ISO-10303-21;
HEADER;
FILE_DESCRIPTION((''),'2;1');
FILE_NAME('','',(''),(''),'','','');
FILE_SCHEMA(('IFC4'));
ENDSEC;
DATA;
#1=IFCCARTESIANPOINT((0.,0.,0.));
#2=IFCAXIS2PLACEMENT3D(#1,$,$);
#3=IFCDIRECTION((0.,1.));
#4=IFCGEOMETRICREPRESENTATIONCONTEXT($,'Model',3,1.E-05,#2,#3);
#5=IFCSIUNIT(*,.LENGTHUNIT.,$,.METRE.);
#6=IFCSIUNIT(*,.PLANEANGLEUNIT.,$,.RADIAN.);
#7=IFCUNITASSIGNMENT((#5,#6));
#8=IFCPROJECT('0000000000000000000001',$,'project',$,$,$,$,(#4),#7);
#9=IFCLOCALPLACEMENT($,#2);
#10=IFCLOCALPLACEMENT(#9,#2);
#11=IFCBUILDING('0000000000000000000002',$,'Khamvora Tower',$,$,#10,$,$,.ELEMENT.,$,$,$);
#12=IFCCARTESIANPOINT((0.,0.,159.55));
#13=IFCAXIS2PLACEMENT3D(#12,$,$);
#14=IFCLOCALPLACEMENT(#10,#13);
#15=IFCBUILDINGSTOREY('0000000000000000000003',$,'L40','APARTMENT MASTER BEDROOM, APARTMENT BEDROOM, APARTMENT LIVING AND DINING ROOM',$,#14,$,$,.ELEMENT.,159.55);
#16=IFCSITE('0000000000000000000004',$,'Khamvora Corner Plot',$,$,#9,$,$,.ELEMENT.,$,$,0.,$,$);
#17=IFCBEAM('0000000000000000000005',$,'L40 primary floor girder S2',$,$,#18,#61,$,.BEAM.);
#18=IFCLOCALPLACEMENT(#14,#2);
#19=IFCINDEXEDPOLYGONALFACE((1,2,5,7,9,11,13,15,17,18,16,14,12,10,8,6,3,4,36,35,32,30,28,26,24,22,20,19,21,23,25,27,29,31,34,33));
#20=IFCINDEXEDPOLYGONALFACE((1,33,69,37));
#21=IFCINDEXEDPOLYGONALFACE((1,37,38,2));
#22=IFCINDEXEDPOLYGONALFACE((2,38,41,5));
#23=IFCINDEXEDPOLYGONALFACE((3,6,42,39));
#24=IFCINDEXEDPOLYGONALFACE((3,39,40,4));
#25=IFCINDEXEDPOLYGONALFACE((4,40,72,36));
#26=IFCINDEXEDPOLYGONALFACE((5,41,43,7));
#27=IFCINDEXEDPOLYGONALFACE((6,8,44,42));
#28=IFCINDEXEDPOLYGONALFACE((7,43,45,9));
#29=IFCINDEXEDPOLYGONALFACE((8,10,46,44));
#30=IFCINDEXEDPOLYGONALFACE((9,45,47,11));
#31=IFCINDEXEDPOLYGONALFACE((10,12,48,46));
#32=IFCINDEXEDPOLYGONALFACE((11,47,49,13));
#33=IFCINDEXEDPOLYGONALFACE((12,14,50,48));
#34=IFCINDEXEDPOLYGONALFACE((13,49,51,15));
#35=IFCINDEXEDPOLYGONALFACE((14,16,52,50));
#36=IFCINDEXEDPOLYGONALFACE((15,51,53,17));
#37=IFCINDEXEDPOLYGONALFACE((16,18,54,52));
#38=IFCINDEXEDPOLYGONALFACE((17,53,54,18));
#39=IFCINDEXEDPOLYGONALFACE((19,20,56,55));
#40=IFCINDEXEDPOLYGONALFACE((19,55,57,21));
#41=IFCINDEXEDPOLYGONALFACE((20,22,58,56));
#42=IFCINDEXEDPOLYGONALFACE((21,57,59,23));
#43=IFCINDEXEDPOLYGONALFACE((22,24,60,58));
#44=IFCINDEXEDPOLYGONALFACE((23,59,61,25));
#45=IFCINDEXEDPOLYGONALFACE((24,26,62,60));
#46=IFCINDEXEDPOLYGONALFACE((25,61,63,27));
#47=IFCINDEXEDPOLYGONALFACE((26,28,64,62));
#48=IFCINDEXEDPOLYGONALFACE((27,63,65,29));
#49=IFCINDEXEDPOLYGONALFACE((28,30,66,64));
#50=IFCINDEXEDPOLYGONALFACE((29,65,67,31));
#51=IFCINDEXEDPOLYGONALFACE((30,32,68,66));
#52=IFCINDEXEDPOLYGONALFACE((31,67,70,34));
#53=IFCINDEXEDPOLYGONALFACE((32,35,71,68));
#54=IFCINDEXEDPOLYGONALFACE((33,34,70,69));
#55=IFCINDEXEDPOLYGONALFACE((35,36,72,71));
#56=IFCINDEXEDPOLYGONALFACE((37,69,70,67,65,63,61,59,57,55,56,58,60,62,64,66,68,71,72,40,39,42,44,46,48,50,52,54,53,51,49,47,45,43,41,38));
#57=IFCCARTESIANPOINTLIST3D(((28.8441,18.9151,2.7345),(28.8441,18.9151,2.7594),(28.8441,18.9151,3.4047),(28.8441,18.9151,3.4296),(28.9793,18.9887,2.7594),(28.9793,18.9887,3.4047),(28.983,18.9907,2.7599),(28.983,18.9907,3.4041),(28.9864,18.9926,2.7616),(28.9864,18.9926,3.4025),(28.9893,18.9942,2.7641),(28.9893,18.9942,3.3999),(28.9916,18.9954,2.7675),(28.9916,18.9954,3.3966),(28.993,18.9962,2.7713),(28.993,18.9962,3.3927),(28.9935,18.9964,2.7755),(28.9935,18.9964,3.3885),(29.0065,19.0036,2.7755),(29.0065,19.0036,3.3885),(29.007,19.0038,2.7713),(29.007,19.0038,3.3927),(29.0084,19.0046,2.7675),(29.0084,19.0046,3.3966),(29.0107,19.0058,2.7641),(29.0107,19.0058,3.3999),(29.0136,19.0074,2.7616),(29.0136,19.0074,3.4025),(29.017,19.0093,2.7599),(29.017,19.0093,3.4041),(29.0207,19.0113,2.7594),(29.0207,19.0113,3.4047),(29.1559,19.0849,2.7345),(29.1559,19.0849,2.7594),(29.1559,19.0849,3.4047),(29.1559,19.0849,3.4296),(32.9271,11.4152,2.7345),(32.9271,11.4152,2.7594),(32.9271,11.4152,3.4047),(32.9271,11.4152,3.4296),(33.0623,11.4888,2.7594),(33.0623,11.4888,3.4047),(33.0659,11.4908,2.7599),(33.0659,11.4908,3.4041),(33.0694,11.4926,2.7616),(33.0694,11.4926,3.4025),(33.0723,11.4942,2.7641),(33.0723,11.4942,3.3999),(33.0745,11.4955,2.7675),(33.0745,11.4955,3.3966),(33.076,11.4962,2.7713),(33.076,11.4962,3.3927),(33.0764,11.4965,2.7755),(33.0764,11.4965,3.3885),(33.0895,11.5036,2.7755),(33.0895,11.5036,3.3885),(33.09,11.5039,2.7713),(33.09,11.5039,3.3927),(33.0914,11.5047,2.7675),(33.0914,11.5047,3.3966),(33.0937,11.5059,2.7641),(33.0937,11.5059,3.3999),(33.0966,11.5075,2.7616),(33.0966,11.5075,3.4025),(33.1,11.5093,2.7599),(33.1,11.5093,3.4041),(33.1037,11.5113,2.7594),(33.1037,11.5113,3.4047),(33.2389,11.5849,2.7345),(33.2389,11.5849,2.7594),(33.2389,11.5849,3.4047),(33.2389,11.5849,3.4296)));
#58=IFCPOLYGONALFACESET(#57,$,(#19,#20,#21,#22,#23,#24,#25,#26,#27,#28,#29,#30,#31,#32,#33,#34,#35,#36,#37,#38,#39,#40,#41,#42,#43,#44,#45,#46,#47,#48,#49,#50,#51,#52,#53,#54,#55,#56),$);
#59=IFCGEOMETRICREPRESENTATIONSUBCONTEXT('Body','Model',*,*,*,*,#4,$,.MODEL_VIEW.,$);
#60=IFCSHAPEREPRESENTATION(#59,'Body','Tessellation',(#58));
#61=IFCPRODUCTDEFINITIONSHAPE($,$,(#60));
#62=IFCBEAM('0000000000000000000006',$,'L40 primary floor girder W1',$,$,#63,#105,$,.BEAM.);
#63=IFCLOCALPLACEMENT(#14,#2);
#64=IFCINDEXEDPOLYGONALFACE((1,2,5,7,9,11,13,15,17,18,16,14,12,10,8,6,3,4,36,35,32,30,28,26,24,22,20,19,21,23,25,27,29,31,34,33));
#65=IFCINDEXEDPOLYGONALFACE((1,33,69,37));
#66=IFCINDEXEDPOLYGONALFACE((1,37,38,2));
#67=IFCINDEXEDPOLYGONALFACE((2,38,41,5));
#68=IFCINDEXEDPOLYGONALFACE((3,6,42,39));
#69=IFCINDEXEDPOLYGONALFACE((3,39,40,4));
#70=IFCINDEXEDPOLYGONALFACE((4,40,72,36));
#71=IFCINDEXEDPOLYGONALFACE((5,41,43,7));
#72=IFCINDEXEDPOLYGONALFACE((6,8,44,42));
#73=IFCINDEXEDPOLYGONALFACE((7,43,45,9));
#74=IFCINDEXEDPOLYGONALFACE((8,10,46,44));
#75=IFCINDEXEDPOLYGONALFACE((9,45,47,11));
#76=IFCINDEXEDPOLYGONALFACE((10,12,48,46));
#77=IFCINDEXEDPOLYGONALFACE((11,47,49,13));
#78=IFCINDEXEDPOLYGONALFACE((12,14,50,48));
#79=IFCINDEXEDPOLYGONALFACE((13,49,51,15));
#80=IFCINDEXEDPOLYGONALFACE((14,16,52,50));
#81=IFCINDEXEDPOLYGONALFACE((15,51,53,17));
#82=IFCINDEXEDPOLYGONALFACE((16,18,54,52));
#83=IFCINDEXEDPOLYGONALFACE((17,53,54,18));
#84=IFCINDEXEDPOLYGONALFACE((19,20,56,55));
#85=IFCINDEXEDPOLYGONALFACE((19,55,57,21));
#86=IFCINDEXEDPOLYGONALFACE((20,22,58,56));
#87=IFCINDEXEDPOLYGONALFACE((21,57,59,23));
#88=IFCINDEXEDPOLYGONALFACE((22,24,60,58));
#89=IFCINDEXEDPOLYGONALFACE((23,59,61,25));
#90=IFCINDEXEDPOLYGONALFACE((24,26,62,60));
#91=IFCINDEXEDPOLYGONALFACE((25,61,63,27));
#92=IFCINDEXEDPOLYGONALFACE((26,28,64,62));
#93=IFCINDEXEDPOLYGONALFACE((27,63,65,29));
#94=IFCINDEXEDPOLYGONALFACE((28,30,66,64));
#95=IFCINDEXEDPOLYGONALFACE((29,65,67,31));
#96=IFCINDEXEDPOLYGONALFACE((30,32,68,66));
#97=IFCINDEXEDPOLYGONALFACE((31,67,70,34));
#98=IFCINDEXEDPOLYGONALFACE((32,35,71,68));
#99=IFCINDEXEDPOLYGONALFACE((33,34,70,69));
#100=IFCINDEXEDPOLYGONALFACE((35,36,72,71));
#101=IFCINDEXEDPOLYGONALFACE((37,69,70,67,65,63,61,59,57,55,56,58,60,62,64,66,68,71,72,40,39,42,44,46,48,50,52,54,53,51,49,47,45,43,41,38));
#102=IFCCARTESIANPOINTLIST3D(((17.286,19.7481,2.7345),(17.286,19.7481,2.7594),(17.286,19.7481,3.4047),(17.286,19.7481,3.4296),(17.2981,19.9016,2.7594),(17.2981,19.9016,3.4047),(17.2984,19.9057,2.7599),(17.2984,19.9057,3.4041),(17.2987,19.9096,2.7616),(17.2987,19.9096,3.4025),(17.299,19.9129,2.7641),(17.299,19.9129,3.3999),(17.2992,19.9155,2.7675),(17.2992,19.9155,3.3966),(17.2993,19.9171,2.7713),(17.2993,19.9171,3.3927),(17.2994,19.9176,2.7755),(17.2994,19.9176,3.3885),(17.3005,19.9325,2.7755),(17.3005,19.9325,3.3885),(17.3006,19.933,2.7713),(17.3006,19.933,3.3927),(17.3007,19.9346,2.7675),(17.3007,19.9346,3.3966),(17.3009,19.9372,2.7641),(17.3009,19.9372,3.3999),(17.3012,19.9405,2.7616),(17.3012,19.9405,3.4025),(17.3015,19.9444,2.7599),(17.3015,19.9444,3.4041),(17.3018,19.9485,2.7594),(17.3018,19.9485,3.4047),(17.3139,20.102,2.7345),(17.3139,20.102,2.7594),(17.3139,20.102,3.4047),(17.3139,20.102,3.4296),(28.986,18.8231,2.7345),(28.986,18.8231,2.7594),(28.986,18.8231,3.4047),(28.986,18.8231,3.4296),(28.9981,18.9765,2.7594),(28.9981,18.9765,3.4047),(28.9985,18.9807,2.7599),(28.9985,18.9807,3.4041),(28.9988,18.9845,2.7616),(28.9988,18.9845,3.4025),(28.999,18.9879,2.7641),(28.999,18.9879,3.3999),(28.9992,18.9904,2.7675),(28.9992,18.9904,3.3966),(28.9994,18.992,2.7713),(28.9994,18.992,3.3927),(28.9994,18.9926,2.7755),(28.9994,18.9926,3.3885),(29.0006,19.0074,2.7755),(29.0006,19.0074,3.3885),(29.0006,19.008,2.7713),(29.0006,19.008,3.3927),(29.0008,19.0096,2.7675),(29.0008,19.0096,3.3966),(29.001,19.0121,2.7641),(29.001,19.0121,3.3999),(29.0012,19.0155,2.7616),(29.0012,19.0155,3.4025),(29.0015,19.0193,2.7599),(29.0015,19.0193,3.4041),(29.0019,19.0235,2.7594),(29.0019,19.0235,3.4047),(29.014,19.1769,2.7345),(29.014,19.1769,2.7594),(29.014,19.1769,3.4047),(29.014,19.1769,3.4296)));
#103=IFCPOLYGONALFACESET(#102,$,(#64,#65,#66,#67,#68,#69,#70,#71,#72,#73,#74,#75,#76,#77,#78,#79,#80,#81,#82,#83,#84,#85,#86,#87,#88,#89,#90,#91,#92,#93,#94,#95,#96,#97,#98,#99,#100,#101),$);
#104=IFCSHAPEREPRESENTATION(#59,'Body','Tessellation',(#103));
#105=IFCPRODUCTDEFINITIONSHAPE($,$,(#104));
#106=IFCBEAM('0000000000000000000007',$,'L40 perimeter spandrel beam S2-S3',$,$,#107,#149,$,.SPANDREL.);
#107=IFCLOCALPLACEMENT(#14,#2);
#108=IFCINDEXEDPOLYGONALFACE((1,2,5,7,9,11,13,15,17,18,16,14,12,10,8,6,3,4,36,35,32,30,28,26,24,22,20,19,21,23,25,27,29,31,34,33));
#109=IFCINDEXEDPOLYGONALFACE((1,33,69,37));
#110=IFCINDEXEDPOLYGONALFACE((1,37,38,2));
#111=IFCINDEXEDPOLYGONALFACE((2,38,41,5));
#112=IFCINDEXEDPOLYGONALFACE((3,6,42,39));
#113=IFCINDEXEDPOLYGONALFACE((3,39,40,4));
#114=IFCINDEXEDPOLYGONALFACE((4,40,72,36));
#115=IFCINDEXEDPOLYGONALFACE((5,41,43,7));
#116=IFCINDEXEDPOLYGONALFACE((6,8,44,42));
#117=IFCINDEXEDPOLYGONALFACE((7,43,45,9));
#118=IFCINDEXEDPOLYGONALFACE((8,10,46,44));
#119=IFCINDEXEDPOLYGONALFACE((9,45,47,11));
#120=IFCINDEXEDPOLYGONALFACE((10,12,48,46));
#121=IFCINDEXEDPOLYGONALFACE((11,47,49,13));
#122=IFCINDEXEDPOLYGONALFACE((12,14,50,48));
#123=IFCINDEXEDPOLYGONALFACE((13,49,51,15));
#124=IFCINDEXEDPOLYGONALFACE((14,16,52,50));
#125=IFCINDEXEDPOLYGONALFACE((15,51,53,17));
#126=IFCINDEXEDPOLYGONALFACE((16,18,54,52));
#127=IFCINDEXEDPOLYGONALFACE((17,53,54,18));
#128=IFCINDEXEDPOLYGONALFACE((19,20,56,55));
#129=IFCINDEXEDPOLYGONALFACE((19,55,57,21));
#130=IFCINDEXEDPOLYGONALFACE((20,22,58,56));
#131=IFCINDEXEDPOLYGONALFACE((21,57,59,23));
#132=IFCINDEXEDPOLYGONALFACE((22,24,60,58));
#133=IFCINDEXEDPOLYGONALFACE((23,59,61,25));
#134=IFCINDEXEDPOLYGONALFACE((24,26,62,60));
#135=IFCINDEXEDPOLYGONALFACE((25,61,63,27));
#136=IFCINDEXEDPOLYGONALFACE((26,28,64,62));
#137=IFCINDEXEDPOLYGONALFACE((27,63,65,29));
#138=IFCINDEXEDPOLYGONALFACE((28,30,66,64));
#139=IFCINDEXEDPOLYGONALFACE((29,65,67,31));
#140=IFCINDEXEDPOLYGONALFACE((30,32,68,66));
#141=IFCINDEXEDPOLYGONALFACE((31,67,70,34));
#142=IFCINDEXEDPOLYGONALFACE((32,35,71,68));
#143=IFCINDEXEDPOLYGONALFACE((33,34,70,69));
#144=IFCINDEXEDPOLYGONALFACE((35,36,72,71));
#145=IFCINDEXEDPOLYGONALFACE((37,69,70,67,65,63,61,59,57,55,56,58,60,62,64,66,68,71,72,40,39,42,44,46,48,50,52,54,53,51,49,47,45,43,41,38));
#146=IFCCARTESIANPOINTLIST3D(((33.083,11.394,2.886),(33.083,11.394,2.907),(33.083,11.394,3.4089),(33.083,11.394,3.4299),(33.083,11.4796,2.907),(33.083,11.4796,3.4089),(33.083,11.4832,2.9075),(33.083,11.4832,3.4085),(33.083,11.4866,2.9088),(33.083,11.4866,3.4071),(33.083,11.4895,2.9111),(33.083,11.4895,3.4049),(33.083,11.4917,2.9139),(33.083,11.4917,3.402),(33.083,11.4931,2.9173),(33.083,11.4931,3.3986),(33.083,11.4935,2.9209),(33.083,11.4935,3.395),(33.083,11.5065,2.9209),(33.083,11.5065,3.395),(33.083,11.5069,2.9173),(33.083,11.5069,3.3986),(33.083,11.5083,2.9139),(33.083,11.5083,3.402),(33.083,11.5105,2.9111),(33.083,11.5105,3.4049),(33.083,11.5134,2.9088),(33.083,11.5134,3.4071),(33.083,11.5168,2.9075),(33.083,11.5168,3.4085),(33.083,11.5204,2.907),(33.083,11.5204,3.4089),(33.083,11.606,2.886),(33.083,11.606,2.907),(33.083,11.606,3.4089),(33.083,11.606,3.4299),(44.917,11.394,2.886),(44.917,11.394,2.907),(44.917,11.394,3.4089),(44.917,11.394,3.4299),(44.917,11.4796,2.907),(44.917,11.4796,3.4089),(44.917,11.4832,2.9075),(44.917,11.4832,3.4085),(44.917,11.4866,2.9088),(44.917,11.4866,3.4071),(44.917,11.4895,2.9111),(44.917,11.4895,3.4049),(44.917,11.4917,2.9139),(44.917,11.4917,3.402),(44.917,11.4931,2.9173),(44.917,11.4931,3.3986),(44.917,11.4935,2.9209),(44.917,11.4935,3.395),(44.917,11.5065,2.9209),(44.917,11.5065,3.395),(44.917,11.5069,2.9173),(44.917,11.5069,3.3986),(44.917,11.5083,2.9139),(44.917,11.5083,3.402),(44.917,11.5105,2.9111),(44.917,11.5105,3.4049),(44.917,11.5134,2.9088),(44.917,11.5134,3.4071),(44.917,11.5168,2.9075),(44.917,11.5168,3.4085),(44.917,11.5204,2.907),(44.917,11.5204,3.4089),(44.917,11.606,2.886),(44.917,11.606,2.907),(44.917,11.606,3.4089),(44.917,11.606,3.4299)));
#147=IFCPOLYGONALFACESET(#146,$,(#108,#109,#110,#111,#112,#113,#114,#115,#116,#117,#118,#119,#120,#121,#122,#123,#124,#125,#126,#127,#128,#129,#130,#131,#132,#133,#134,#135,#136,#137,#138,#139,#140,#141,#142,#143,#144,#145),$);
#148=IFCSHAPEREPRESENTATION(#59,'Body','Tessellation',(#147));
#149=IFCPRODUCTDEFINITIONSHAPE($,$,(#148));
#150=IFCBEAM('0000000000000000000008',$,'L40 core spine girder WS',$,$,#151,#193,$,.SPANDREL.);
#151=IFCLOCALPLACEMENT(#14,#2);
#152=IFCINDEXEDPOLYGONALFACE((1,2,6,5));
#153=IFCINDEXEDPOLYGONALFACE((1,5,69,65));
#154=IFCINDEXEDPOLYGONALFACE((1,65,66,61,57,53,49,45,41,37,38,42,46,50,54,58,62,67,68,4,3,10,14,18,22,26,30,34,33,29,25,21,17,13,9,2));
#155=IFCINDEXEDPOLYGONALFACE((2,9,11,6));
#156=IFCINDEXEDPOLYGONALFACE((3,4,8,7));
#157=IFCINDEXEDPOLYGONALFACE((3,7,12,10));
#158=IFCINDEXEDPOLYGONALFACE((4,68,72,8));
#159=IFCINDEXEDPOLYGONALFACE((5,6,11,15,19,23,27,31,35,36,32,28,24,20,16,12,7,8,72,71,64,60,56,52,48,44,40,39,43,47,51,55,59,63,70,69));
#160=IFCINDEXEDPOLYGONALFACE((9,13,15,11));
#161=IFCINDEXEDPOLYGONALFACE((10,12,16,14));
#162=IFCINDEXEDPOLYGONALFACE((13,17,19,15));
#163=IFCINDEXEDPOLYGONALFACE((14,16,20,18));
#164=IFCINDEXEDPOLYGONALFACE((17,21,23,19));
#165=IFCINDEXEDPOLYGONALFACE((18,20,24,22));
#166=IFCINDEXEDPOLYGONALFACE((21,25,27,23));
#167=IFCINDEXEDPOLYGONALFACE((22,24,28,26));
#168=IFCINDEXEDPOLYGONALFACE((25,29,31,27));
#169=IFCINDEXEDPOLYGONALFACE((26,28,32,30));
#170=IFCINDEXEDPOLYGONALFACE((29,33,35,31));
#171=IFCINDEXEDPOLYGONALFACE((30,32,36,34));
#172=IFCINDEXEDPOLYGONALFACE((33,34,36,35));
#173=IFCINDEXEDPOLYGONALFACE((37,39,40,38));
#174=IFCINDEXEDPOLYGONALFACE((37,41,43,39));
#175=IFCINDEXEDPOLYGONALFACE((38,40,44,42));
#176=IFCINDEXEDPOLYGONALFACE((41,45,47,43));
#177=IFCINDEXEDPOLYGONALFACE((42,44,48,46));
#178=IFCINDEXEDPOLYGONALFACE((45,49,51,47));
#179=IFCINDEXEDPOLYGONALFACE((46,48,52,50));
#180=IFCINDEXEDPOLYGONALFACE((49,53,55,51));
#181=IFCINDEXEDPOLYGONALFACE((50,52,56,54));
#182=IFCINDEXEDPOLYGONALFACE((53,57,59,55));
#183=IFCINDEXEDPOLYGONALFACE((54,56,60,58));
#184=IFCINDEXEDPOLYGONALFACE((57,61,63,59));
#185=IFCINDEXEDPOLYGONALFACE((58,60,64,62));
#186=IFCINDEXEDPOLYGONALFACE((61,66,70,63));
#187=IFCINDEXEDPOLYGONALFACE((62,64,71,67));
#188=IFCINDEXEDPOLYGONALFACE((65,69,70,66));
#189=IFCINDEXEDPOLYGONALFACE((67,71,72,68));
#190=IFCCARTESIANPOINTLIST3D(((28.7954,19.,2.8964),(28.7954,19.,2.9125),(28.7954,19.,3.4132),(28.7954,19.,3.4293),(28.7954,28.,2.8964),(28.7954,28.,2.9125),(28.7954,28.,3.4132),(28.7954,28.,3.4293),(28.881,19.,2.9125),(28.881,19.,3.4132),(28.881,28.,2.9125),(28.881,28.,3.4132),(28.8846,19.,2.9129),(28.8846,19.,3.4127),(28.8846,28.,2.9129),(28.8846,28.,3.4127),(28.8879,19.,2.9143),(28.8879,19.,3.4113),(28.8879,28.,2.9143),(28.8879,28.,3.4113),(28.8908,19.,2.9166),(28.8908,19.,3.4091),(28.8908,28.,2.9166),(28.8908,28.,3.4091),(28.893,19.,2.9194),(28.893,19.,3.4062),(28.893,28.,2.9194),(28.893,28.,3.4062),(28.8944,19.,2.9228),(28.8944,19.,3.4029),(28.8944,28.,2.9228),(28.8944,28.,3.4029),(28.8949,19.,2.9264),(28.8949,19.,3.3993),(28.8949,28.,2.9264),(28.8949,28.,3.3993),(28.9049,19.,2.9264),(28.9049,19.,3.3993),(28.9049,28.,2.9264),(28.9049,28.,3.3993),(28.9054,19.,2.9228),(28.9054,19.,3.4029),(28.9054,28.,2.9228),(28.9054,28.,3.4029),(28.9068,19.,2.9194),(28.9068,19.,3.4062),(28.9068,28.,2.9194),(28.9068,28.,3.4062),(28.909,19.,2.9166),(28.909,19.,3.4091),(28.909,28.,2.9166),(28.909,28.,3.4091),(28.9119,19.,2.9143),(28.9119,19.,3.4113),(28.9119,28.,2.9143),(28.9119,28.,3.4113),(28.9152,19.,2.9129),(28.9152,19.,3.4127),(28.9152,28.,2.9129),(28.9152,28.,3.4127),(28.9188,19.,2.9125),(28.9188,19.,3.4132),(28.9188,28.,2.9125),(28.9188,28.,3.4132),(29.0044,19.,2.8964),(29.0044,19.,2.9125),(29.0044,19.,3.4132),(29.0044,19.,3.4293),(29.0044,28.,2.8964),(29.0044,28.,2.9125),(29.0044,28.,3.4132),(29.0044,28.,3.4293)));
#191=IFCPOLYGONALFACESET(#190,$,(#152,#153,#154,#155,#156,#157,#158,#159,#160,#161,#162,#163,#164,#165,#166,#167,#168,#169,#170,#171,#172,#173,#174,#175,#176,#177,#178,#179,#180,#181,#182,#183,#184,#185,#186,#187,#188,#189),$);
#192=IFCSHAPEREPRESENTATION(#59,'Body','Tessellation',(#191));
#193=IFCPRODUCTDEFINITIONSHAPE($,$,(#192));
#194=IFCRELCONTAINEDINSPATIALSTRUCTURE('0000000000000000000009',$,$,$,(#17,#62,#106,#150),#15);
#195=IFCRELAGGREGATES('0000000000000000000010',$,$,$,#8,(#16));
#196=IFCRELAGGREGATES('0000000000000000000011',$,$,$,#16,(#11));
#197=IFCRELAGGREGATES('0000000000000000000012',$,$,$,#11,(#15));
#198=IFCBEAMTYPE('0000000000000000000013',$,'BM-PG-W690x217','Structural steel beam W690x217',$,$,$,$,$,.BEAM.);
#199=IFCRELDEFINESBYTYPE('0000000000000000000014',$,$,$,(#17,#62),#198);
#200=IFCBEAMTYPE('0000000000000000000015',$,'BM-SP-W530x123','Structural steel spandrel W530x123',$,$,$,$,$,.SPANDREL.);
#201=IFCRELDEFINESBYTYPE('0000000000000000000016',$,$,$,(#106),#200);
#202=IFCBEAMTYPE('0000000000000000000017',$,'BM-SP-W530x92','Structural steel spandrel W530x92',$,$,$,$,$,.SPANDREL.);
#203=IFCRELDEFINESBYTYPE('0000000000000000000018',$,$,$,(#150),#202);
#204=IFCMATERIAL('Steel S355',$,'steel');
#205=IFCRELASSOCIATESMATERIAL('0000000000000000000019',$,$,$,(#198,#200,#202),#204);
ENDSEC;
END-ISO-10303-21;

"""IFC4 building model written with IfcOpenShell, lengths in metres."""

from ifc_helpers import new_model, si_unit, direction, frame, origin, origin_2d, place, context, subcontext, project, spatial, i_section, extrude, material, material_profile, profile_set, type_object, element, save


model = new_model("IFC4")

# Units and contexts
model_context = context("Model", 3, precision=1e-05, world=origin(), true_north=direction((0.0, 1.0)))
body_context = subcontext(model_context, "Body", "Model", "MODEL_VIEW")
ifc_project = project(units=[si_unit("LENGTHUNIT", "METRE"), si_unit("PLANEANGLEUNIT", "RADIAN")], contexts=[model_context])

# Site, building, storey
site_placement = place(None, origin())
site = spatial("IfcSite", under=ifc_project, at=site_placement, Name="Khamvora Corner Plot", CompositionType="ELEMENT", RefElevation=0.0)
building_placement = place(site_placement, origin())
building = spatial("IfcBuilding", under=site, at=building_placement, Name="Khamvora Tower", CompositionType="ELEMENT")
storey_placement = place(building_placement, frame((0.0, 0.0, 159.55)))
storey = spatial("IfcBuildingStorey", under=building, at=storey_placement, Name="L40", Description="APARTMENT MASTER BEDROOM, APARTMENT BEDROOM, APARTMENT LIVING AND DINING ROOM", CompositionType="ELEMENT", Elevation=159.55)

# Shared definitions
ifc_material_1 = material(Name="Steel S355", Category="steel")

# Beams
ifc_material_profile_1 = material_profile(ifc_material_1, i_section(OverallWidth=0.355, OverallDepth=0.6951, WebThickness=0.0149, FlangeThickness=0.0249, FilletRadius=0.0161, at=origin_2d()), Name="W690x217")
ifc_profile_set_1 = profile_set([ifc_material_profile_1], Name="Steel S355")
beam_type_1 = type_object("IfcBeamType", Name="BM-PG-W690x217", Description="Structural steel beam W690x217", PredefinedType="BEAM", material=ifc_profile_set_1)
beam_1_placement = place(storey_placement, frame((29.0, 19.0, 3.082), z_axis=(0.478139, -0.878284, 0.0), x_axis=(0.878284, 0.478139, 0.0)))
element("IfcBeam", 1, at=beam_1_placement, inside=storey, type_object=beam_type_1, Name="L40 primary floor girder S2", PredefinedType="BEAM", context=body_context, shape_type="SweptSolid", body=[
    extrude(i_section(OverallWidth=0.355, OverallDepth=0.6951, WebThickness=0.0149, FlangeThickness=0.0249, FilletRadius=0.0161, at=origin_2d()), origin(), (0.0, 0.0, 1.0), 8.5393),
])
beam_2_placement = place(storey_placement, frame((29.0, 19.0, 3.082), z_axis=(-0.996889, 0.078818, 0.0), x_axis=(-0.078818, -0.996889, 0.0)))
element("IfcBeam", 2, at=beam_2_placement, inside=storey, type_object=beam_type_1, Name="L40 primary floor girder W1", PredefinedType="BEAM", context=body_context, shape_type="SweptSolid", body=[
    extrude(i_section(OverallWidth=0.355, OverallDepth=0.6951, WebThickness=0.0149, FlangeThickness=0.0249, FilletRadius=0.0161, at=origin_2d()), origin(), (0.0, 0.0, 1.0), 11.7366),
])
ifc_material_profile_2 = material_profile(ifc_material_1, i_section(OverallWidth=0.2119, OverallDepth=0.5439, WebThickness=0.0129, FlangeThickness=0.021, FilletRadius=0.0139, at=origin_2d()), Name="W530x123")
ifc_profile_set_2 = profile_set([ifc_material_profile_2], Name="Steel S355")
beam_type_2 = type_object("IfcBeamType", Name="BM-SP-W530x123", Description="Structural steel spandrel W530x123", PredefinedType="SPANDREL", material=ifc_profile_set_2)
beam_3_placement = place(storey_placement, frame((33.083, 11.5, 3.158), z_axis=(1.0, 0.0, 0.0), x_axis=(0.0, 1.0, 0.0)))
element("IfcBeam", 3, at=beam_3_placement, inside=storey, type_object=beam_type_2, Name="L40 perimeter spandrel beam S2-S3", PredefinedType="SPANDREL", context=body_context, shape_type="SweptSolid", body=[
    extrude(i_section(OverallWidth=0.2119, OverallDepth=0.5439, WebThickness=0.0129, FlangeThickness=0.021, FilletRadius=0.0139, at=origin_2d()), origin(), (0.0, 0.0, 1.0), 11.834),
])
ifc_material_profile_3 = material_profile(ifc_material_1, i_section(OverallWidth=0.209, OverallDepth=0.533, WebThickness=0.01, FlangeThickness=0.0161, FilletRadius=0.0139, at=origin_2d()), Name="W530x92")
ifc_profile_set_3 = profile_set([ifc_material_profile_3], Name="Steel S355")
beam_type_3 = type_object("IfcBeamType", Name="BM-SP-W530x92", Description="Structural steel spandrel W530x92", PredefinedType="SPANDREL", material=ifc_profile_set_3)
for number, where, z_axis, x_axis, name in (
    (4, (28.8999, 19.0, 3.1628), (0.0, 1.0, 0.0), (-1.0, 0.0, 0.0), "L40 core spine girder WS"),
):
    element("IfcBeam", number, at=place(storey_placement, frame(where, z_axis=z_axis, x_axis=x_axis)), inside=storey, type_object=beam_type_3, Name=name, PredefinedType="SPANDREL", context=body_context, shape_type="SweptSolid", body=[
        extrude(i_section(OverallWidth=0.209, OverallDepth=0.533, WebThickness=0.01, FlangeThickness=0.0161, FilletRadius=0.0139, at=origin_2d()), origin(), (0.0, 0.0, 1.0), 9.0),
    ])

save(model, "model.ifc")
